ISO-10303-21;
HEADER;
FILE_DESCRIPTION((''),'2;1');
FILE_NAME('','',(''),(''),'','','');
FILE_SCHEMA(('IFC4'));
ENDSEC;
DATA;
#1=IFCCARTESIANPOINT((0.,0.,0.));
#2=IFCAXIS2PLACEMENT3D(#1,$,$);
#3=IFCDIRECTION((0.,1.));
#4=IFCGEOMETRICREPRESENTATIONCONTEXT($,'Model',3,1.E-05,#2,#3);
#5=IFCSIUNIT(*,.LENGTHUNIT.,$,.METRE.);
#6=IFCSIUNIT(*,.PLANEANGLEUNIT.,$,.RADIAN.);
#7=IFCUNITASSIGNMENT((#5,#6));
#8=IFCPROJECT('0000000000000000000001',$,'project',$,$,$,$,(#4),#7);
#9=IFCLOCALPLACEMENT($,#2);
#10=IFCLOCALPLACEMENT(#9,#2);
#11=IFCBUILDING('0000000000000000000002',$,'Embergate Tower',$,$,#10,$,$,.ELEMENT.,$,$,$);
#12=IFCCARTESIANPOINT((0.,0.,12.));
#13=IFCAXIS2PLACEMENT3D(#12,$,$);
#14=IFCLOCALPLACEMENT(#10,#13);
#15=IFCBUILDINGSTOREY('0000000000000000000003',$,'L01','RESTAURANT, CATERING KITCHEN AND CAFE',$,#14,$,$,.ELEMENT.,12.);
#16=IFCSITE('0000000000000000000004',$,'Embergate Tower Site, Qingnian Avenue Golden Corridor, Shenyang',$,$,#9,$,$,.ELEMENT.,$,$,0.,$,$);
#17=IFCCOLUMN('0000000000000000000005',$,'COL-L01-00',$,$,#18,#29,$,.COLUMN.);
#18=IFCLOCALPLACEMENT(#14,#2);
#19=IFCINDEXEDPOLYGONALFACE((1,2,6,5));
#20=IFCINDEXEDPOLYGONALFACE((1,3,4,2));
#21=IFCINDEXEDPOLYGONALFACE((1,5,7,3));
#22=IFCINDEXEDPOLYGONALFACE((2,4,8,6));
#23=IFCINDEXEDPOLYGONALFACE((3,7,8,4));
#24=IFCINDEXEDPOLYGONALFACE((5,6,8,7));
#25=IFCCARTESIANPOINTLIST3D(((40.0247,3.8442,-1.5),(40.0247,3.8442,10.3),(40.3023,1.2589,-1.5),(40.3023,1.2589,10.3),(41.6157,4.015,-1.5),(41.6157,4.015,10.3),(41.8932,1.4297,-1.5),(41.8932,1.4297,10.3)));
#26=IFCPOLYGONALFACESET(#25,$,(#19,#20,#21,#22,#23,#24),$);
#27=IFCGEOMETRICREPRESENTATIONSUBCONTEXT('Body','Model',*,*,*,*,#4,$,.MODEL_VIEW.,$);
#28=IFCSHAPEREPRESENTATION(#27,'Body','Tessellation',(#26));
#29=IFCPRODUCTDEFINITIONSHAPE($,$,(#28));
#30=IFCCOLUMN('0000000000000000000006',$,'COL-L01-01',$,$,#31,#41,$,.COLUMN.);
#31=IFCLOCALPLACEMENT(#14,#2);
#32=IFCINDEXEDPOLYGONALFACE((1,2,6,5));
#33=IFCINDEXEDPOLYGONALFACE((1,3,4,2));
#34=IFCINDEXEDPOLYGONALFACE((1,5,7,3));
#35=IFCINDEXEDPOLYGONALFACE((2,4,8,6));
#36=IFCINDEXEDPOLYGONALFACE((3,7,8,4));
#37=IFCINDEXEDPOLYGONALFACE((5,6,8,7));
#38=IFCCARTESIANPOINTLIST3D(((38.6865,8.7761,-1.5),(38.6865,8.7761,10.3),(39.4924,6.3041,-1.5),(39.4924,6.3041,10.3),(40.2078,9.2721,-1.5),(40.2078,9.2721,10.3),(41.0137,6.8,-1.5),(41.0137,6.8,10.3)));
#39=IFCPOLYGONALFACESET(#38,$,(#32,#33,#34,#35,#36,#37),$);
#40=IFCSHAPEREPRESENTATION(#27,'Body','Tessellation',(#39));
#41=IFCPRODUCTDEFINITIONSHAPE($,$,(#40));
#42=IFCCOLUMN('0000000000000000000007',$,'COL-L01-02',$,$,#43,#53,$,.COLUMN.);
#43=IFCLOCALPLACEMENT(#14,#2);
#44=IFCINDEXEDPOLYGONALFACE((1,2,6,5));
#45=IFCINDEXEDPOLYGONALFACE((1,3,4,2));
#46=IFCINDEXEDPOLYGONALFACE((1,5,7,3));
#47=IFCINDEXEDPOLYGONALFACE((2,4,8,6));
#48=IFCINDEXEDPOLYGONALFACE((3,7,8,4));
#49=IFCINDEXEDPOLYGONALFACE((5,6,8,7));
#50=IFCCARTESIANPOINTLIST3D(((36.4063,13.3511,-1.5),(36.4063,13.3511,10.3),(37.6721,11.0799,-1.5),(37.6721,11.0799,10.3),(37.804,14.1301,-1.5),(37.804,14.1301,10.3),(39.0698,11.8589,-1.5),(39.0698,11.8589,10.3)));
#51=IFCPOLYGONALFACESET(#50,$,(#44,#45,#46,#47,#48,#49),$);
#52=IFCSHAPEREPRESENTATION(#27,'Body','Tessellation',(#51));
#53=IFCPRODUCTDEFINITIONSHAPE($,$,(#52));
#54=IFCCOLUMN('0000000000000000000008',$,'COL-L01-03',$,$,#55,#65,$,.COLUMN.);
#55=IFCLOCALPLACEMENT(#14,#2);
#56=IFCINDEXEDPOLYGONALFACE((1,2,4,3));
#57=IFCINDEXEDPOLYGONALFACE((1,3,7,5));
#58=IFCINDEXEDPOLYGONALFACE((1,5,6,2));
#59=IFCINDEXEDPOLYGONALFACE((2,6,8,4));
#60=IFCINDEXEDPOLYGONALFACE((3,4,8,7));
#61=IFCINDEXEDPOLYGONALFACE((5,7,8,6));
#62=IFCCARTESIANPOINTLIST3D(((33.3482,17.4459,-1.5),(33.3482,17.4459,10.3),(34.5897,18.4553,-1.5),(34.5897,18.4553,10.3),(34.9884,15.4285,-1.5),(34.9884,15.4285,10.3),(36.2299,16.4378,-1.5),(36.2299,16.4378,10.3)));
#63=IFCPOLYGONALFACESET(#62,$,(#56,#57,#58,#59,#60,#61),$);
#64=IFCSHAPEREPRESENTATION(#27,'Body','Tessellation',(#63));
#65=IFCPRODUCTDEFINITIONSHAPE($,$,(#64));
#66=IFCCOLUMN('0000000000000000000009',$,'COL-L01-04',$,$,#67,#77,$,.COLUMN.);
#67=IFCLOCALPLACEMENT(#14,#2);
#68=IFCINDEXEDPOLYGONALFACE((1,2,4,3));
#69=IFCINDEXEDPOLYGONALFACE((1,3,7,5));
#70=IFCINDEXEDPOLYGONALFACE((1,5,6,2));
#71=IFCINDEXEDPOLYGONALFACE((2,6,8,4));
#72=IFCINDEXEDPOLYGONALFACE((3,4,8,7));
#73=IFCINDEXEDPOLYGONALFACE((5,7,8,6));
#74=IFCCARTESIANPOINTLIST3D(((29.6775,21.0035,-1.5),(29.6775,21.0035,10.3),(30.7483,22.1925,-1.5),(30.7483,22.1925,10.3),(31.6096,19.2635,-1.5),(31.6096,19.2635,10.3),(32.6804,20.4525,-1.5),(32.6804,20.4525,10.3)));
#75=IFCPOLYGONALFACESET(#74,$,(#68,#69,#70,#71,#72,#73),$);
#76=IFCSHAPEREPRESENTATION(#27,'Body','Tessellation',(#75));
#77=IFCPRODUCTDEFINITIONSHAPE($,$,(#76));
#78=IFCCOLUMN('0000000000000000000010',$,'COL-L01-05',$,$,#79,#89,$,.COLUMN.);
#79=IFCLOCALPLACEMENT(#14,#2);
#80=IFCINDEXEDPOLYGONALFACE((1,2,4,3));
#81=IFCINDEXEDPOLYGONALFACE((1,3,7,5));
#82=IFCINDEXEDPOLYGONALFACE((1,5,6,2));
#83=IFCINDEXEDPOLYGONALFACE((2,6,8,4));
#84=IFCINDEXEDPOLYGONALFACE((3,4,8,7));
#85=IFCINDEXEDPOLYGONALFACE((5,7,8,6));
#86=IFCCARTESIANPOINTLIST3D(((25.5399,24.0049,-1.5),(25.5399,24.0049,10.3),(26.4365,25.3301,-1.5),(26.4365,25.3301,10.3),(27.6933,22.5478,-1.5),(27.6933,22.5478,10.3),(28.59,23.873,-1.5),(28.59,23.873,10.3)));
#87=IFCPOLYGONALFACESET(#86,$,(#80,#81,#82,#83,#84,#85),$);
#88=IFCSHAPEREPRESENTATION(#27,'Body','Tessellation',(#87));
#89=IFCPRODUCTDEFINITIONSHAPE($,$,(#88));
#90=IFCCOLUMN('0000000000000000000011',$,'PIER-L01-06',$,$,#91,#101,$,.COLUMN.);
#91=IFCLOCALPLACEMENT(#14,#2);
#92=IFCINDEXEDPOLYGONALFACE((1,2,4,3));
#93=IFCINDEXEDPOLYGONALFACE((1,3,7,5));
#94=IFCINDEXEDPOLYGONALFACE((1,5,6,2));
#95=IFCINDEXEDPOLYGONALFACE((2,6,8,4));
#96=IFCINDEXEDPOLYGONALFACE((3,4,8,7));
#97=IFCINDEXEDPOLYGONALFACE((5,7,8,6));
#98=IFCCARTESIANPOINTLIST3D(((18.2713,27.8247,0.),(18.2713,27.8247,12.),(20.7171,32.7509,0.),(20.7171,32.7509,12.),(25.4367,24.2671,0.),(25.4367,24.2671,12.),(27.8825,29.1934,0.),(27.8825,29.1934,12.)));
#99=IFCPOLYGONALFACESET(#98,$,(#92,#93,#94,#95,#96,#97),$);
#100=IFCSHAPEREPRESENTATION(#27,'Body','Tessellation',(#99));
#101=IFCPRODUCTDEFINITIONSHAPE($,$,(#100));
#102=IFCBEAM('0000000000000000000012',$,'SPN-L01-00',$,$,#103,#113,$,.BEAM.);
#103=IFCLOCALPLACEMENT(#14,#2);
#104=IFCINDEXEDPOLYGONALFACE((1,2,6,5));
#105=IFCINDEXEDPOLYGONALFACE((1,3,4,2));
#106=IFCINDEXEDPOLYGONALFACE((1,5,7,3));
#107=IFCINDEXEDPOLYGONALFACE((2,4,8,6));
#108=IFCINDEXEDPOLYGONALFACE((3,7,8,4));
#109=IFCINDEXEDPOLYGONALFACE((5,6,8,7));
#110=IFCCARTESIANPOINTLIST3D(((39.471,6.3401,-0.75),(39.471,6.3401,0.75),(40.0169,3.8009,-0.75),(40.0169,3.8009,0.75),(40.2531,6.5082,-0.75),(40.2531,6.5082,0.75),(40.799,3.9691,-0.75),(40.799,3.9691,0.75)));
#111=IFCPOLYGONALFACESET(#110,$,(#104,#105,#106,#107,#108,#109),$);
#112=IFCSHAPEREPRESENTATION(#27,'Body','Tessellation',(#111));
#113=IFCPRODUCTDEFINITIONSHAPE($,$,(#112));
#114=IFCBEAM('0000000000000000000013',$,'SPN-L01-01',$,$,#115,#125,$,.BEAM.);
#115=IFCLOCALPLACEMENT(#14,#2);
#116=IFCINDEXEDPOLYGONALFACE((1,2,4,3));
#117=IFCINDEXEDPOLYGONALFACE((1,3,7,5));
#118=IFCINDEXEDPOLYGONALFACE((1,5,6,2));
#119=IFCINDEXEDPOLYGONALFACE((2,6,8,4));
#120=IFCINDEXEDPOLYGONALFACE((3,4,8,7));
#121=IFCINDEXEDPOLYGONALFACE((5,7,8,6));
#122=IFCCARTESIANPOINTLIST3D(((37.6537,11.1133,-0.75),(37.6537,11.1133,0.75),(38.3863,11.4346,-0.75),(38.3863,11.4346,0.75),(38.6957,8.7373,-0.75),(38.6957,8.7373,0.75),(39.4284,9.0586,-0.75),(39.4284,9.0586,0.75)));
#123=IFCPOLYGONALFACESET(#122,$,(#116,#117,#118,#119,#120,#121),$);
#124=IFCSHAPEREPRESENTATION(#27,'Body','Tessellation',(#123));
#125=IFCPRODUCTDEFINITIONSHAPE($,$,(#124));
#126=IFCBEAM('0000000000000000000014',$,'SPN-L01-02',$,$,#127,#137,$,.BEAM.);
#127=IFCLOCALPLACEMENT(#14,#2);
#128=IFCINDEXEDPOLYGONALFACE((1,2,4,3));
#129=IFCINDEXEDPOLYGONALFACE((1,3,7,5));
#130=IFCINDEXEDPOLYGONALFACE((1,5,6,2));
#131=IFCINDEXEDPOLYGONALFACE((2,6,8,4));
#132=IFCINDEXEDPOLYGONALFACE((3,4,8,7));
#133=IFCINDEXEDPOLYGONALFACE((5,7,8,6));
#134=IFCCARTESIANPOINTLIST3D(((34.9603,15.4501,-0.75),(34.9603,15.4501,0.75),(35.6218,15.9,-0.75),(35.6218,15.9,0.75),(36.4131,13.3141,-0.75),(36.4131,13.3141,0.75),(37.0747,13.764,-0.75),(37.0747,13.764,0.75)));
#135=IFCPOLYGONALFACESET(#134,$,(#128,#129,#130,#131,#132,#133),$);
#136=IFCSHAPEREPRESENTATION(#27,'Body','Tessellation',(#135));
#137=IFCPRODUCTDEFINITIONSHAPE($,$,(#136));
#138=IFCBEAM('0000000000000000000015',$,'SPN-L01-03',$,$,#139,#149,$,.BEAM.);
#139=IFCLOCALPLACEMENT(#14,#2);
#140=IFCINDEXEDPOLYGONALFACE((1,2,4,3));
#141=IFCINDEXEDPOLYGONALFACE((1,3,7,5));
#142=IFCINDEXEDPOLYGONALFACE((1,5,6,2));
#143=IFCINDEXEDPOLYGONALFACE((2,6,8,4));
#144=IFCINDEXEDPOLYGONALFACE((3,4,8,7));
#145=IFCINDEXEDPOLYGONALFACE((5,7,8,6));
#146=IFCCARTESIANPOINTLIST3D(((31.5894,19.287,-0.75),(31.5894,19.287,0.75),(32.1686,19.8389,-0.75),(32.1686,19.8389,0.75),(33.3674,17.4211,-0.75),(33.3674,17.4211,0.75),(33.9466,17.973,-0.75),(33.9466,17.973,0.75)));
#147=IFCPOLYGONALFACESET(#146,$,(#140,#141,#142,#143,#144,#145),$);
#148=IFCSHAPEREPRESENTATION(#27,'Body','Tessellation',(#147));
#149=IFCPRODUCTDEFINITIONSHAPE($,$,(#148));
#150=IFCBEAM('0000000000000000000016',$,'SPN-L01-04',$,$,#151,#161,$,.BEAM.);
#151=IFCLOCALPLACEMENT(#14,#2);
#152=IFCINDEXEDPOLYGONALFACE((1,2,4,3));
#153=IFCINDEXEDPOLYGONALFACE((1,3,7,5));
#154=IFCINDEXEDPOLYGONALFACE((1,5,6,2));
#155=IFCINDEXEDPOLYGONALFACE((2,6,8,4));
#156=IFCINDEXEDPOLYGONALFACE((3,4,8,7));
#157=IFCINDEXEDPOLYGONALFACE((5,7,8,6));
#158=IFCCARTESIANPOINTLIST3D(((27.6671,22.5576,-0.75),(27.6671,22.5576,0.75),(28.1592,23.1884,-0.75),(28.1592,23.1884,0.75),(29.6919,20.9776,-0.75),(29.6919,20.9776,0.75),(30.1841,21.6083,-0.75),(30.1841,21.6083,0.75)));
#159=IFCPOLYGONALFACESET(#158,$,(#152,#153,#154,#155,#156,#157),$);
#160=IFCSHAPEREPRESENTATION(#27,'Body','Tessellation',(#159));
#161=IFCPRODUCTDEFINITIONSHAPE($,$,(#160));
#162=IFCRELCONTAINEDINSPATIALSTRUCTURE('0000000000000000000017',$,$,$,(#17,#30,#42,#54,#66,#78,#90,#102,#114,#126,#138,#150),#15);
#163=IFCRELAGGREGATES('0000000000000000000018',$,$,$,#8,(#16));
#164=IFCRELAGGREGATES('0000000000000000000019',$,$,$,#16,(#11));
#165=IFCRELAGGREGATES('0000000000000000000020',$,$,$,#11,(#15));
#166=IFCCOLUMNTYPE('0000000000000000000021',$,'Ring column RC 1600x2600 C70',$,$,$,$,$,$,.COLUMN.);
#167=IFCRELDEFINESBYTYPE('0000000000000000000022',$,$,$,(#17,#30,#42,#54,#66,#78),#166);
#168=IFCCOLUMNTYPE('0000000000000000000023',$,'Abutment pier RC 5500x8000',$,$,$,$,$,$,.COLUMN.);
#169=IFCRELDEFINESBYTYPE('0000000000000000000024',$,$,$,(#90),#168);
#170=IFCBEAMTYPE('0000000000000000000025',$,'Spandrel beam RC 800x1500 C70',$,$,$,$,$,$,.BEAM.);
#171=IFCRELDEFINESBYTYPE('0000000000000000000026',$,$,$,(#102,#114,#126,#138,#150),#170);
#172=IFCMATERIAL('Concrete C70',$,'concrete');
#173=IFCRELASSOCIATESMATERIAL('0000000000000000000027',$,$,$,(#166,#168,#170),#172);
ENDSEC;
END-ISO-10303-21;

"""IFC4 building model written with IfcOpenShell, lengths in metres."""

from ifc_helpers import new_model, si_unit, direction, frame, origin, origin_2d, place, context, subcontext, project, spatial, rectangle, extrude, source, transform, mapped, material, material_profile, profile_set, type_object, element, save


model = new_model("IFC4")

# Units and contexts
model_context = context("Model", 3, precision=1e-05, world=origin(), true_north=direction((0.0, 1.0)))
body_context = subcontext(model_context, "Body", "Model", "MODEL_VIEW")
ifc_project = project(units=[si_unit("LENGTHUNIT", "METRE"), si_unit("PLANEANGLEUNIT", "RADIAN")], contexts=[model_context])

# Site, building, storey
site_placement = place(None, origin())
site = spatial("IfcSite", under=ifc_project, at=site_placement, Name="Embergate Tower Site, Qingnian Avenue Golden Corridor, Shenyang", CompositionType="ELEMENT", RefElevation=0.0)
building_placement = place(site_placement, origin())
building = spatial("IfcBuilding", under=site, at=building_placement, Name="Embergate Tower", CompositionType="ELEMENT")
storey_placement = place(building_placement, frame((0.0, 0.0, 12.0)))
storey = spatial("IfcBuildingStorey", under=building, at=storey_placement, Name="L01", Description="RESTAURANT, CATERING KITCHEN AND CAFE", CompositionType="ELEMENT", Elevation=12.0)

# Columns
ifc_material_1 = material(Name="Concrete C70", Category="concrete")
ifc_material_profile_1 = material_profile(ifc_material_1, rectangle(XDim=1.6001, YDim=2.6001, at=origin_2d()), Name="RC 1600x2600")
ifc_profile_set_1 = profile_set([ifc_material_profile_1], Name="Concrete C70")
column_type_1 = type_object("IfcColumnType", Name="Ring column RC 1600x2600 C70", PredefinedType="COLUMN", material=ifc_profile_set_1)
shared_shape_1 = source(origin(), body_context, "Body", "SweptSolid", [
    extrude(rectangle(XDim=1.6001, YDim=2.6001, at=origin_2d()), origin(), (0.0, 0.0, 1.0), 11.8),
])
for number, where, z_axis, x_axis, name in (
    (1, (40.959, 2.637, -1.5), (0.0, 0.0, 1.0), (0.994286, 0.10675, 0.0), "COL-L01-00"),
    (2, (39.8501, 7.7881, -1.5), (0.0, 0.0, 1.0), (0.950754, 0.309946, 0.0), "COL-L01-01"),
    (3, (37.738, 12.605, -1.5), (0.0, 0.0, 1.0), (0.873492, 0.486839, 0.0), "COL-L01-02"),
    (4, (34.7891, 16.9419, -1.5), (0.0, 0.0, 1.0), (0.775925, 0.630825, 0.0), "COL-L01-03"),
    (5, (31.179, 20.728, -1.5), (0.0, 0.0, 1.0), (0.669208, 0.743075, 0.0), "COL-L01-04"),
    (6, (27.0649, 23.939, -1.5), (0.0, 0.0, 1.0), (0.560393, 0.828227, 0.0), "COL-L01-05"),
):
    element("IfcColumn", number, at=place(storey_placement, frame(where, z_axis=z_axis, x_axis=x_axis)), inside=storey, type_object=column_type_1, Name=name, PredefinedType="COLUMN", context=body_context, shape_type="MappedRepresentation", body=[
        mapped(shared_shape_1, transform((0.0, 0.0, 0.0))),
    ])
ifc_material_profile_2 = material_profile(ifc_material_1, rectangle(XDim=5.5, YDim=8.0, at=origin_2d()), Name="RC 5500x8000")
ifc_profile_set_2 = profile_set([ifc_material_profile_2], Name="Concrete C70")
column_type_2 = type_object("IfcColumnType", Name="Abutment pier RC 5500x8000", PredefinedType="COLUMN", material=ifc_profile_set_2)
shared_shape_2 = source(origin(), body_context, "Body", "SweptSolid", [
    extrude(rectangle(XDim=5.5, YDim=8.0, at=origin_2d()), origin(), (0.0, 0.0, 1.0), 12.0),
])
column_placement = place(storey_placement, frame((23.0769, 28.509, 0.0), z_axis=(0.0, 0.0, 1.0), x_axis=(0.444698, 0.895681, 0.0)))
element("IfcColumn", 7, at=column_placement, inside=storey, type_object=column_type_2, Name="PIER-L01-06", PredefinedType="COLUMN", context=body_context, shape_type="MappedRepresentation", body=[
    mapped(shared_shape_2, transform((0.0, 0.0, 0.0))),
])

# Beams
ifc_material_profile_3 = material_profile(ifc_material_1, rectangle(XDim=0.8, YDim=1.5, at=origin_2d()), Name="RC 800x1500")
ifc_profile_set_3 = profile_set([ifc_material_profile_3], Name="Concrete C70")
beam_type_1 = type_object("IfcBeamType", Name="Spandrel beam RC 800x1500 C70", PredefinedType="BEAM", material=ifc_profile_set_3)
shared_shape_3 = source(origin(), body_context, "Body", "SweptSolid", [
    extrude(rectangle(XDim=0.8, YDim=1.5, at=origin_2d()), origin(), (0.0, 0.0, 1.0), 2.5972),
])
beam_1_placement = place(storey_placement, frame((40.408, 3.885, 0.0), z_axis=(-0.210197, 0.977659, 0.0), x_axis=(-0.977659, -0.210197, 0.0)))
element("IfcBeam", 8, at=beam_1_placement, inside=storey, type_object=beam_type_1, Name="SPN-L01-00", PredefinedType="BEAM", context=body_context, shape_type="MappedRepresentation", body=[
    mapped(shared_shape_3, transform((0.0, 0.0, 0.0))),
])
shared_shape_4 = source(origin(), body_context, "Body", "SweptSolid", [
    extrude(rectangle(XDim=0.8, YDim=1.5, at=origin_2d()), origin(), (0.0, 0.0, 1.0), 2.5945),
])
beam_2_placement = place(storey_placement, frame((39.062, 8.8979, 0.0), z_axis=(-0.401628, 0.915803, 0.0), x_axis=(-0.915803, -0.401628, 0.0)))
element("IfcBeam", 9, at=beam_2_placement, inside=storey, type_object=beam_type_1, Name="SPN-L01-01", PredefinedType="BEAM", context=body_context, shape_type="MappedRepresentation", body=[
    mapped(shared_shape_4, transform((0.0, 0.0, 0.0))),
])
shared_shape_5 = source(origin(), body_context, "Body", "SweptSolid", [
    extrude(rectangle(XDim=0.8, YDim=1.5, at=origin_2d()), origin(), (0.0, 0.0, 1.0), 2.5833),
])
beam_3_placement = place(storey_placement, frame((36.7439, 13.5391, 0.0), z_axis=(-0.562419, 0.826853, 0.0), x_axis=(-0.826853, -0.562419, 0.0)))
element("IfcBeam", 10, at=beam_3_placement, inside=storey, type_object=beam_type_1, Name="SPN-L01-02", PredefinedType="BEAM", context=body_context, shape_type="MappedRepresentation", body=[
    mapped(shared_shape_5, transform((0.0, 0.0, 0.0))),
])
shared_shape_6 = source(origin(), body_context, "Body", "SweptSolid", [
    extrude(rectangle(XDim=0.8, YDim=1.5, at=origin_2d()), origin(), (0.0, 0.0, 1.0), 2.5774),
])
beam_4_placement = place(storey_placement, frame((33.657, 17.697, 0.0), z_axis=(-0.689851, 0.723951, 0.0), x_axis=(-0.723951, -0.689851, 0.0)))
element("IfcBeam", 11, at=beam_4_placement, inside=storey, type_object=beam_type_1, Name="SPN-L01-03", PredefinedType="BEAM", context=body_context, shape_type="MappedRepresentation", body=[
    mapped(shared_shape_6, transform((0.0, 0.0, 0.0))),
])
shared_shape_7 = source(origin(), body_context, "Body", "SweptSolid", [
    extrude(rectangle(XDim=0.8, YDim=1.5, at=origin_2d()), origin(), (0.0, 0.0, 1.0), 2.5684),
])
beam_5_placement = place(storey_placement, frame((29.938, 21.293, 0.0), z_axis=(-0.788379, 0.61519, 0.0), x_axis=(-0.61519, -0.788379, 0.0)))
element("IfcBeam", 12, at=beam_5_placement, inside=storey, type_object=beam_type_1, Name="SPN-L01-04", PredefinedType="BEAM", context=body_context, shape_type="MappedRepresentation", body=[
    mapped(shared_shape_7, transform((0.0, 0.0, 0.0))),
])

save(model, "model.ifc")
